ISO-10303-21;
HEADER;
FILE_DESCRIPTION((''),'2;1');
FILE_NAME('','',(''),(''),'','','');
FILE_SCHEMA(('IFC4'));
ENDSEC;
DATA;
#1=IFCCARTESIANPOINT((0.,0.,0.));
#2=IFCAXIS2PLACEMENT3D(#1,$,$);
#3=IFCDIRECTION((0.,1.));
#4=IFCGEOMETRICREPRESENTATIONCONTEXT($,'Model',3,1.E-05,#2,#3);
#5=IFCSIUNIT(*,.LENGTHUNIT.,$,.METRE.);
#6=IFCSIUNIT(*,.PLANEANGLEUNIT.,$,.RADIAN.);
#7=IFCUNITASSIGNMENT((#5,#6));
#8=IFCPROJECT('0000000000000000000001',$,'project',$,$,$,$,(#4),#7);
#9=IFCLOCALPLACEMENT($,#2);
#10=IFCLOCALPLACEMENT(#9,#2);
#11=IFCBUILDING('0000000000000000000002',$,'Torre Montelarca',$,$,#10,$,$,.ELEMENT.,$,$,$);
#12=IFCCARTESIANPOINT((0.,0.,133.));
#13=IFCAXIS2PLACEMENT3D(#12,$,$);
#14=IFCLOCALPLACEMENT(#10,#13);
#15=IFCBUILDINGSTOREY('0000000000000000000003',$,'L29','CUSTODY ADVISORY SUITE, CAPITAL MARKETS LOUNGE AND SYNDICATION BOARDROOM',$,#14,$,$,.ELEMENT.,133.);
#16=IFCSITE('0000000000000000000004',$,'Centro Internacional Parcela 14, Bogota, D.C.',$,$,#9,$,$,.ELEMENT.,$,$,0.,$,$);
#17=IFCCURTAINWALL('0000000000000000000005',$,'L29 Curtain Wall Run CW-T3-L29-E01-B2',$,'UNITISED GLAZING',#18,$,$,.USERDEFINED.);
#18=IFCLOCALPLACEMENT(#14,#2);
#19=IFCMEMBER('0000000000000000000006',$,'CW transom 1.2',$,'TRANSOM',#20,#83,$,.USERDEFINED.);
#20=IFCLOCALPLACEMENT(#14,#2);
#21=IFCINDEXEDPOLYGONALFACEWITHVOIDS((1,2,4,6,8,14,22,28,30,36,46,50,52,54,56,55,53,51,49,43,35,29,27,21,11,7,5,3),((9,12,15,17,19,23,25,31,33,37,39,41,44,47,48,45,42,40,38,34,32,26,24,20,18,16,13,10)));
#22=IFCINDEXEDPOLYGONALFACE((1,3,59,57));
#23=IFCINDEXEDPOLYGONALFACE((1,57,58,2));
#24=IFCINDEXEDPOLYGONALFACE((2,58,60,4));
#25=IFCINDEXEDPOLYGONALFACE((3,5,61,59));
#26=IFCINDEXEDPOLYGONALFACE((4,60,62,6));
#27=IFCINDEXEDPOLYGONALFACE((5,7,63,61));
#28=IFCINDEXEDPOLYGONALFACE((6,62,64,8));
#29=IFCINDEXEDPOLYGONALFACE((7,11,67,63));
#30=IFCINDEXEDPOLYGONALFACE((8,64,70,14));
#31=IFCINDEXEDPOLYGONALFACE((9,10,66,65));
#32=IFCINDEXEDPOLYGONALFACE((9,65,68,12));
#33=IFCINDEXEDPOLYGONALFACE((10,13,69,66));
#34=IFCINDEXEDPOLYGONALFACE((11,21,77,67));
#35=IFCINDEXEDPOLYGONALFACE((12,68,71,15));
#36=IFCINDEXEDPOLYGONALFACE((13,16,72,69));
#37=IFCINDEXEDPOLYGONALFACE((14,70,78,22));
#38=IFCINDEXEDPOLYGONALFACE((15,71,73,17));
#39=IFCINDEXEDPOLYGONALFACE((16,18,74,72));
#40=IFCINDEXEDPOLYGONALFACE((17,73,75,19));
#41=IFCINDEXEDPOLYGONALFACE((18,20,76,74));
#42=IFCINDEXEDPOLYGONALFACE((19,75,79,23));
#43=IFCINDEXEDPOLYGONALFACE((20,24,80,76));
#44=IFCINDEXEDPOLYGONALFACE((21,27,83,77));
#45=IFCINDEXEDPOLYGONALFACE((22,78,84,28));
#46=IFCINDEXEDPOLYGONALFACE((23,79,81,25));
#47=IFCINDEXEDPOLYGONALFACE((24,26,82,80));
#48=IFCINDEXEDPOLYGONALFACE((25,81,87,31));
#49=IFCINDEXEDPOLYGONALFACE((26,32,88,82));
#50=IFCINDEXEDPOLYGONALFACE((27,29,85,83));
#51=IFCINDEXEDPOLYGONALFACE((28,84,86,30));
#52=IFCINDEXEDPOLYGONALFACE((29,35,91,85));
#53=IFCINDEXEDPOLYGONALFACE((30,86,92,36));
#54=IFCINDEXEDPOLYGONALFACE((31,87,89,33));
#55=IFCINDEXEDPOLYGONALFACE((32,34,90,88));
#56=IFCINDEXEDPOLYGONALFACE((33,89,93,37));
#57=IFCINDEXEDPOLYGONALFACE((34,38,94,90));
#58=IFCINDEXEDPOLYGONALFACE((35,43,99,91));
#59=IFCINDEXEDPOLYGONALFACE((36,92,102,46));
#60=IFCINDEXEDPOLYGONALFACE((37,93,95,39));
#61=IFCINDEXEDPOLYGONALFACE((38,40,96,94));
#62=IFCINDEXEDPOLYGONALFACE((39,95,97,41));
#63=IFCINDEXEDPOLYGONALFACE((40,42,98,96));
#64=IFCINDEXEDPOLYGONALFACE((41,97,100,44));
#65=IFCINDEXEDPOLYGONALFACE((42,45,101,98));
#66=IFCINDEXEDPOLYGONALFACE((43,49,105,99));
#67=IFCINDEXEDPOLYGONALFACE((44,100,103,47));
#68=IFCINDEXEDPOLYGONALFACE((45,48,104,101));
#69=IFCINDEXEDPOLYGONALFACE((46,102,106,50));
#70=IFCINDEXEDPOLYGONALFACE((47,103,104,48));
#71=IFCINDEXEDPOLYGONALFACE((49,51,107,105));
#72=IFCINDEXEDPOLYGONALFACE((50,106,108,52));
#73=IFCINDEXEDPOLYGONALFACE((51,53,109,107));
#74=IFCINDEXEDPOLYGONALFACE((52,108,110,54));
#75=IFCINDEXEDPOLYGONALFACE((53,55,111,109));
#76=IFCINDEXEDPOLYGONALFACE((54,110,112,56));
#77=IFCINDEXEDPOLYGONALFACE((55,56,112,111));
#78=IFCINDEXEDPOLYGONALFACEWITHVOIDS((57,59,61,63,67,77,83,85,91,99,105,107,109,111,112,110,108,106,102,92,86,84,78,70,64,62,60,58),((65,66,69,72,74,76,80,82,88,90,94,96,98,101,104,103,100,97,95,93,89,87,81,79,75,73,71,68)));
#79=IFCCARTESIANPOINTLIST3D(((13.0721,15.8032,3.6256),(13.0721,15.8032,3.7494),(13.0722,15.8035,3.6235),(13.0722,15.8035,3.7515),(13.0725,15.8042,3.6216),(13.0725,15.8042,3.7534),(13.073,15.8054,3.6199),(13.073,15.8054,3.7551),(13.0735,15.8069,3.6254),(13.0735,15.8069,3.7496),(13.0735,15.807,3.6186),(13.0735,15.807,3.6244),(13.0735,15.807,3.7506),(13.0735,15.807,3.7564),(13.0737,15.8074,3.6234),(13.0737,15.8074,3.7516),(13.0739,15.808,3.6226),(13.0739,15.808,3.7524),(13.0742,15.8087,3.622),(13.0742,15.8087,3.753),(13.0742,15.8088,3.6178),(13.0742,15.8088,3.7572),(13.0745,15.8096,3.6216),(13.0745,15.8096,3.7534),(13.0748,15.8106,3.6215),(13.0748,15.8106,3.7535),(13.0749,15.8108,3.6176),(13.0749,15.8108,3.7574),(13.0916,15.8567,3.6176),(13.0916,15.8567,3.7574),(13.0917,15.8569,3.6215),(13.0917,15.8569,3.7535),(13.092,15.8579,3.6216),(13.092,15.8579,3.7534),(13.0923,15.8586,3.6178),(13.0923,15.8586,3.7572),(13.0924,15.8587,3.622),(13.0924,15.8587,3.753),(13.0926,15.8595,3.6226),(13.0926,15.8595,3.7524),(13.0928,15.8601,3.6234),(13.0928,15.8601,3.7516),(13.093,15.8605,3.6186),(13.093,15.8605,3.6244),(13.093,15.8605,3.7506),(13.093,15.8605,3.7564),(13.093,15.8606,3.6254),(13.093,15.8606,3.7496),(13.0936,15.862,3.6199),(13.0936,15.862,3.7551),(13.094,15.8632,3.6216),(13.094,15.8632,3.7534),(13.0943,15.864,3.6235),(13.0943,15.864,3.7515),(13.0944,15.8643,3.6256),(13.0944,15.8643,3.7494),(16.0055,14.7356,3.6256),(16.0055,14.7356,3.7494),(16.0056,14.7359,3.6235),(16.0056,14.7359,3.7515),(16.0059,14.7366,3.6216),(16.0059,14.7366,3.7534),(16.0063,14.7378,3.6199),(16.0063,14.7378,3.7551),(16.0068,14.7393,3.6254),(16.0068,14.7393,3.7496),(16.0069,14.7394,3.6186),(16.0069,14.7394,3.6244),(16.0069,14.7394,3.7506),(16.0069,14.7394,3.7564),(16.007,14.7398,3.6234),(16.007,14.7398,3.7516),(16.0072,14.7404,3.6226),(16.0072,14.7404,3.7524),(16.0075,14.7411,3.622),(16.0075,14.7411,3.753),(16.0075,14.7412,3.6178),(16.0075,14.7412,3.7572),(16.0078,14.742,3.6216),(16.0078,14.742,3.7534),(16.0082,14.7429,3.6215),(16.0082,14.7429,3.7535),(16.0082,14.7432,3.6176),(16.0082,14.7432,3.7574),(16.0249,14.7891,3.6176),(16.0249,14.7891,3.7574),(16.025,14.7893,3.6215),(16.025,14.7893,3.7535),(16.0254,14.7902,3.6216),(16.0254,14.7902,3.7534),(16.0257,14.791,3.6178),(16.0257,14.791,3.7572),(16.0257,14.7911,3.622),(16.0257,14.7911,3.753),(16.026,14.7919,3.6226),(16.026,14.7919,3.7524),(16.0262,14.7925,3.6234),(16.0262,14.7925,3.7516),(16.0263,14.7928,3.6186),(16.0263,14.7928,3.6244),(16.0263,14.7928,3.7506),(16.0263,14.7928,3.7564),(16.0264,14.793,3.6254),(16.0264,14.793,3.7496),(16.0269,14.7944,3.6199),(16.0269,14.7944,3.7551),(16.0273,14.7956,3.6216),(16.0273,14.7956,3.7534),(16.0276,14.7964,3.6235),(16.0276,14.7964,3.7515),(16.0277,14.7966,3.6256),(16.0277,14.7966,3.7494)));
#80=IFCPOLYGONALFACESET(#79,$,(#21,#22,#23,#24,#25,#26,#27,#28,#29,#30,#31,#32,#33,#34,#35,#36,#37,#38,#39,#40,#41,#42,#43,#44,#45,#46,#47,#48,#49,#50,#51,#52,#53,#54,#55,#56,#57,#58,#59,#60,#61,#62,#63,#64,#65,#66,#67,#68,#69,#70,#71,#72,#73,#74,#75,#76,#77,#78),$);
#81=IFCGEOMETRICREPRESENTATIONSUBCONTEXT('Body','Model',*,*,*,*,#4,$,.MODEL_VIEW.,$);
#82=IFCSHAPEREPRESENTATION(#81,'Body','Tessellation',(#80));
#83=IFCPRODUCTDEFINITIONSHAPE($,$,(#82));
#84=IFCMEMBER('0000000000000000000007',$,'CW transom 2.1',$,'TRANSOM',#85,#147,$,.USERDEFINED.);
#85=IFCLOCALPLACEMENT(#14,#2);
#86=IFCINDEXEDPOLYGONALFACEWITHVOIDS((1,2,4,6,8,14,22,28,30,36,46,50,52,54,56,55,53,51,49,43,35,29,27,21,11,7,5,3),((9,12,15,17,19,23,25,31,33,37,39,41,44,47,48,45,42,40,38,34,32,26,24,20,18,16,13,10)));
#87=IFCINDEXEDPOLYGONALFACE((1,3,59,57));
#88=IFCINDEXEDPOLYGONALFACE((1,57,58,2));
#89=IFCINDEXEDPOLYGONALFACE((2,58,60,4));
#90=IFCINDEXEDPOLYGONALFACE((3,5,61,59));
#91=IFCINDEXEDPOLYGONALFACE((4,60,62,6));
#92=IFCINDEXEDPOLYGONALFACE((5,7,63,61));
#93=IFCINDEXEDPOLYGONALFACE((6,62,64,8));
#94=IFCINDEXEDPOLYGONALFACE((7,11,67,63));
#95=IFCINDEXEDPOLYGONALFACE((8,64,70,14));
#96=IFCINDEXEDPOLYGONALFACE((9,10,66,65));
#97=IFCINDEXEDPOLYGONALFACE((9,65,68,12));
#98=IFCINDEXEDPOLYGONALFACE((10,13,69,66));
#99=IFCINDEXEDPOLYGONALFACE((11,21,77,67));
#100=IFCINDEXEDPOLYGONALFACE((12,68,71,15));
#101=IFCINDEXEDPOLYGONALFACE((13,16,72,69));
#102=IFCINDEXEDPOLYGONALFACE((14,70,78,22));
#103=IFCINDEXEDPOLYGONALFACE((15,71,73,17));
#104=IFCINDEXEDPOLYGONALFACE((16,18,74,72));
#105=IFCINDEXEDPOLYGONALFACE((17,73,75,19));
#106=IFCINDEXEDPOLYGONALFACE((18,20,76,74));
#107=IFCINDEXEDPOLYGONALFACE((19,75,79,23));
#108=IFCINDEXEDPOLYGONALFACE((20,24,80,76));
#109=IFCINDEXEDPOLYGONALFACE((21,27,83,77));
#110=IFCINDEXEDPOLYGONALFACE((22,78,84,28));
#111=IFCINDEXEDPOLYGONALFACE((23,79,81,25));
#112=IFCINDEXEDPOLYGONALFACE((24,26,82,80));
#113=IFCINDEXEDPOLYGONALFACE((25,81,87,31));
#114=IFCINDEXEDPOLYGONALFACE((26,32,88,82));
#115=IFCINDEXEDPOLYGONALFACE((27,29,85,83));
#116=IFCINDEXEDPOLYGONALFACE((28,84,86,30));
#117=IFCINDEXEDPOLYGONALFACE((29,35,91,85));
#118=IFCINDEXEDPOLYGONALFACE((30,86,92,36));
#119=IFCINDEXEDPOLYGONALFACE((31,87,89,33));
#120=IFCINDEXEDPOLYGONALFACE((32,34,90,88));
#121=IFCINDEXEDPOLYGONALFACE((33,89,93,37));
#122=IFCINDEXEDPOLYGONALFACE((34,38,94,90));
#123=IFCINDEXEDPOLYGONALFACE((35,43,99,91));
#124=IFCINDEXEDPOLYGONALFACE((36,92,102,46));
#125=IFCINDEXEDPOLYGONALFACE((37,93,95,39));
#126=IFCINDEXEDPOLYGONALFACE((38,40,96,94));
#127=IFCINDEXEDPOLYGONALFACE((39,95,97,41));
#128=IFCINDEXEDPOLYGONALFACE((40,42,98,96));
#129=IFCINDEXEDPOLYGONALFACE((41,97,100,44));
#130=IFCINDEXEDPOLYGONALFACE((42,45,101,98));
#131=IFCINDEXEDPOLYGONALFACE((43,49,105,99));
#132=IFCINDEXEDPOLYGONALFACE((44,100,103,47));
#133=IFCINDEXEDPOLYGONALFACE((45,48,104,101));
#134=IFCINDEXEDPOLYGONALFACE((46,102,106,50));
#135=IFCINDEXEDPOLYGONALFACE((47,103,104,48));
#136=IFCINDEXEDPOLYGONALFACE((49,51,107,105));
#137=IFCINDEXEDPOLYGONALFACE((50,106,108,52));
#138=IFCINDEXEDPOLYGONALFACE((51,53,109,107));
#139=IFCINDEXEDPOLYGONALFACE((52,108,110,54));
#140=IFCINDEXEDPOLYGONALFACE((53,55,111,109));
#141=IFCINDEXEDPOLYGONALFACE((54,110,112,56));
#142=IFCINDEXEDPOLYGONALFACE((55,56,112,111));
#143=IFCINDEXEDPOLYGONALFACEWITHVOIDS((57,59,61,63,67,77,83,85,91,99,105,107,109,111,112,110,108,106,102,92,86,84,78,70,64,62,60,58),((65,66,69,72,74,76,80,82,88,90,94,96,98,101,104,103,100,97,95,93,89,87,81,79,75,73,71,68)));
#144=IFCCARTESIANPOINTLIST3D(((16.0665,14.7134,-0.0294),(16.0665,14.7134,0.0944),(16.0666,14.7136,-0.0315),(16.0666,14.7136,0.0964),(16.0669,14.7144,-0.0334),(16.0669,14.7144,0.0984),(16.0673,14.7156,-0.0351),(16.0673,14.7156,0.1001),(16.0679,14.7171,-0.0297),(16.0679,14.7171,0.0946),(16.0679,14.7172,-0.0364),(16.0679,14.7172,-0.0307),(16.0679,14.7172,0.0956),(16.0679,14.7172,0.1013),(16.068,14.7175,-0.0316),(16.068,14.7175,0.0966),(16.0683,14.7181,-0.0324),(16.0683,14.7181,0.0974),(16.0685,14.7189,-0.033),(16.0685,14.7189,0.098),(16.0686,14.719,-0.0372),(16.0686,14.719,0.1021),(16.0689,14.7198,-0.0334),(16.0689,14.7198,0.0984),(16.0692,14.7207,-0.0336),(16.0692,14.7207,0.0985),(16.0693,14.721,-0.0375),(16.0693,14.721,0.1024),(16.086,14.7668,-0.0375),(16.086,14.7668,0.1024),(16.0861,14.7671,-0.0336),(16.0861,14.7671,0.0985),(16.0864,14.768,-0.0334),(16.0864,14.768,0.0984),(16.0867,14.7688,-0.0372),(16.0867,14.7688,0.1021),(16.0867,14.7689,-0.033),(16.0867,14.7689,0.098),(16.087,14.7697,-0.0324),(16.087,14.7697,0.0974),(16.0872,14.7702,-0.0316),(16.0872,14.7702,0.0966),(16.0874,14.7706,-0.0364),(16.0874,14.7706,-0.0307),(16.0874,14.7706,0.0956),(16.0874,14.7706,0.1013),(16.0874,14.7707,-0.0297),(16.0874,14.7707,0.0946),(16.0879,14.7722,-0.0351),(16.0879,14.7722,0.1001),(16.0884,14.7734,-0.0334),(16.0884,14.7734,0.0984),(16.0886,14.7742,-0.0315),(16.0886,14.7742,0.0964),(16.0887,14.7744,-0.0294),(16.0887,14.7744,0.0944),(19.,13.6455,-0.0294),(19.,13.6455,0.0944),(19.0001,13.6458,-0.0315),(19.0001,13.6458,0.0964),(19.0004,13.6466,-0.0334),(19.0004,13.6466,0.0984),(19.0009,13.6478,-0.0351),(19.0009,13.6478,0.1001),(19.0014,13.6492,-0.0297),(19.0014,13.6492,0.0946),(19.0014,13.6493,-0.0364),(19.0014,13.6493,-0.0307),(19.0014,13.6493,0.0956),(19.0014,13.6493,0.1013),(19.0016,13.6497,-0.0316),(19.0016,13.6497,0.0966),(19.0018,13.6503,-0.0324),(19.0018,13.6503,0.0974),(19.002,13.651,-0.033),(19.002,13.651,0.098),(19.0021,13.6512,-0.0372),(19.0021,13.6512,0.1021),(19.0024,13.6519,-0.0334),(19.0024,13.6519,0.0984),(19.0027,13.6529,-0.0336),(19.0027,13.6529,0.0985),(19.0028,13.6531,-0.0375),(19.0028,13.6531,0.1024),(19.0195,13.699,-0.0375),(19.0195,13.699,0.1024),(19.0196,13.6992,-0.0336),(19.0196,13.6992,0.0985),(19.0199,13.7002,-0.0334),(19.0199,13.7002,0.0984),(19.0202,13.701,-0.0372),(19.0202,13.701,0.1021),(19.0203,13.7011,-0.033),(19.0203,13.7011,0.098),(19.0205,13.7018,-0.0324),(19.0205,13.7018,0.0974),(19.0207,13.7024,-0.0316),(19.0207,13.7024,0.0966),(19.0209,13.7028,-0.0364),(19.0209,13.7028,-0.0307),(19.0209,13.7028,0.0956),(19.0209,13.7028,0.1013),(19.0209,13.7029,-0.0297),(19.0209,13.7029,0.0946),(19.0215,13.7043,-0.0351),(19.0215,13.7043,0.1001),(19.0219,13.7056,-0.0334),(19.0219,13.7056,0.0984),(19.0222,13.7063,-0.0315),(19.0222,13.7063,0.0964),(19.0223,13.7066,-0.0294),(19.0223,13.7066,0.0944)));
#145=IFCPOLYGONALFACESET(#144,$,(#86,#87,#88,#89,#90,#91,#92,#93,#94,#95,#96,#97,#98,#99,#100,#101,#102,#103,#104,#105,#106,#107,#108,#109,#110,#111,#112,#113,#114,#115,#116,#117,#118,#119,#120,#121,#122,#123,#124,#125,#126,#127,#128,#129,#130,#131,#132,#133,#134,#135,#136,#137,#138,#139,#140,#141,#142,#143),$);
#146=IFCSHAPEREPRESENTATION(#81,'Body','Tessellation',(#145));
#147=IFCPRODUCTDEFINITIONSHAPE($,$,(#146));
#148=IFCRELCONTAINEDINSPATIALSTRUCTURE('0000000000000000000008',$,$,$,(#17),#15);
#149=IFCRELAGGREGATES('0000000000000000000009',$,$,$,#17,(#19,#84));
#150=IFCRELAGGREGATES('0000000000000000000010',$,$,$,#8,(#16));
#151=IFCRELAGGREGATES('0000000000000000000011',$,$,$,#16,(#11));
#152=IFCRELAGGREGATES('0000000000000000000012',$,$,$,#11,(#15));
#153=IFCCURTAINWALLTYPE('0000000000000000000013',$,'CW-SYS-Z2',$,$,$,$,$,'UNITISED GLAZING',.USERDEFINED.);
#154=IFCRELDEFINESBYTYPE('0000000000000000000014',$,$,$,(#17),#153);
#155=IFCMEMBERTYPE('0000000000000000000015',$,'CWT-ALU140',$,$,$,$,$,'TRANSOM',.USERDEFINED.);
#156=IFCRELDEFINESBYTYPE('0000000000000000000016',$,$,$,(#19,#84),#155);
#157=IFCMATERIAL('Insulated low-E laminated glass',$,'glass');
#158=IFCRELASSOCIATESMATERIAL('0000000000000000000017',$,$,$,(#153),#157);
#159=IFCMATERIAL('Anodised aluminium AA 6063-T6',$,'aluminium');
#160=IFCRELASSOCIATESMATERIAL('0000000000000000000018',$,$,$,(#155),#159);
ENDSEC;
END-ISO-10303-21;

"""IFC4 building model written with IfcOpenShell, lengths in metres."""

from ifc_helpers import new_model, si_unit, direction, frame, origin, origin_2d, place, context, subcontext, project, spatial, hollow_rectangle, extrude, source, transform, mapped, material, material_profile, profile_set, type_object, element, aggregate, save


model = new_model("IFC4")

# Units and contexts
model_context = context("Model", 3, precision=1e-05, world=origin(), true_north=direction((0.0, 1.0)))
body_context = subcontext(model_context, "Body", "Model", "MODEL_VIEW")
ifc_project = project(units=[si_unit("LENGTHUNIT", "METRE"), si_unit("PLANEANGLEUNIT", "RADIAN")], contexts=[model_context])

# Site, building, storey
site_placement = place(None, origin())
site = spatial("IfcSite", under=ifc_project, at=site_placement, Name="Centro Internacional Parcela 14, Bogota, D.C.", CompositionType="ELEMENT", RefElevation=0.0)
building_placement = place(site_placement, origin())
building = spatial("IfcBuilding", under=site, at=building_placement, Name="Torre Montelarca", CompositionType="ELEMENT")
storey_placement = place(building_placement, frame((0.0, 0.0, 133.0)))
storey = spatial("IfcBuildingStorey", under=building, at=storey_placement, Name="L29", Description="CUSTODY ADVISORY SUITE, CAPITAL MARKETS LOUNGE AND SYNDICATION BOARDROOM", CompositionType="ELEMENT", Elevation=133.0)

# Curtain wall
ifc_material_1 = material(Name="Insulated low-E laminated glass", Category="glass")
curtain_wall_type = type_object("IfcCurtainWallType", Name="CW-SYS-Z2", ElementType="UNITISED GLAZING", PredefinedType="USERDEFINED", material=ifc_material_1)
ifc_material_2 = material(Name="Anodised aluminium AA 6063-T6", Category="aluminium")
curtain_wall_1_placement = place(storey_placement, origin())
curtain_wall_1 = element("IfcCurtainWall", 1, at=curtain_wall_1_placement, inside=storey, type_object=curtain_wall_type, Name="L29 Curtain Wall Run CW-T3-L29-E01-B2", ObjectType="UNITISED GLAZING", PredefinedType="USERDEFINED")
ifc_material_profile_1 = material_profile(ifc_material_2, hollow_rectangle(XDim=0.0649, YDim=0.1399, WallThickness=0.0039, InnerFilletRadius=0.0039, OuterFilletRadius=0.0081, at=origin_2d()), Name="ALU65X140X4", Category="aluminium")
ifc_profile_set_1 = profile_set([ifc_material_profile_1], Name="Anodised aluminium AA 6063-T6")
member_type_1 = type_object("IfcMemberType", Name="CWT-ALU140", ElementType="TRANSOM", PredefinedType="USERDEFINED", material=ifc_profile_set_1)

# Members
shared_shape_1 = source(origin(), body_context, "Body", "SweptSolid", [
    extrude(hollow_rectangle(XDim=0.0649, YDim=0.1399, WallThickness=0.0039, InnerFilletRadius=0.0039, OuterFilletRadius=0.0081, at=origin_2d()), origin(), (0.0, 0.0, 1.0), 3.1216),
])
member_1_placement = place(storey_placement, frame((13.0833, 15.8337, 3.6875), z_axis=(0.939695, -0.342013, 0.0), x_axis=(0.342013, 0.939695, 0.0)))
member_1 = element("IfcMember", 2, at=member_1_placement, type_object=member_type_1, Name="CW transom 1.2", ObjectType="TRANSOM", PredefinedType="USERDEFINED", context=body_context, shape_type="MappedRepresentation", body=[
    mapped(shared_shape_1, transform((0.0, 0.0, 0.0), scale=1.0)),
])
shared_shape_2 = source(origin(), body_context, "Body", "SweptSolid", [
    extrude(hollow_rectangle(XDim=0.0649, YDim=0.1399, WallThickness=0.0039, InnerFilletRadius=0.0039, OuterFilletRadius=0.0081, at=origin_2d()), origin(), (0.0, 0.0, 1.0), 3.1218),
])
member_2_placement = place(storey_placement, frame((16.0776, 14.7439, 0.0325), z_axis=(0.939679, -0.342057, 0.0), x_axis=(0.342057, 0.939679, 0.0)))
member_2 = element("IfcMember", 3, at=member_2_placement, type_object=member_type_1, Name="CW transom 2.1", ObjectType="TRANSOM", PredefinedType="USERDEFINED", context=body_context, shape_type="MappedRepresentation", body=[
    mapped(shared_shape_2, transform((0.0, 0.0, 0.0), scale=1.0)),
])

aggregate(curtain_wall_1, [member_1, member_2])

save(model, "model.ifc")
